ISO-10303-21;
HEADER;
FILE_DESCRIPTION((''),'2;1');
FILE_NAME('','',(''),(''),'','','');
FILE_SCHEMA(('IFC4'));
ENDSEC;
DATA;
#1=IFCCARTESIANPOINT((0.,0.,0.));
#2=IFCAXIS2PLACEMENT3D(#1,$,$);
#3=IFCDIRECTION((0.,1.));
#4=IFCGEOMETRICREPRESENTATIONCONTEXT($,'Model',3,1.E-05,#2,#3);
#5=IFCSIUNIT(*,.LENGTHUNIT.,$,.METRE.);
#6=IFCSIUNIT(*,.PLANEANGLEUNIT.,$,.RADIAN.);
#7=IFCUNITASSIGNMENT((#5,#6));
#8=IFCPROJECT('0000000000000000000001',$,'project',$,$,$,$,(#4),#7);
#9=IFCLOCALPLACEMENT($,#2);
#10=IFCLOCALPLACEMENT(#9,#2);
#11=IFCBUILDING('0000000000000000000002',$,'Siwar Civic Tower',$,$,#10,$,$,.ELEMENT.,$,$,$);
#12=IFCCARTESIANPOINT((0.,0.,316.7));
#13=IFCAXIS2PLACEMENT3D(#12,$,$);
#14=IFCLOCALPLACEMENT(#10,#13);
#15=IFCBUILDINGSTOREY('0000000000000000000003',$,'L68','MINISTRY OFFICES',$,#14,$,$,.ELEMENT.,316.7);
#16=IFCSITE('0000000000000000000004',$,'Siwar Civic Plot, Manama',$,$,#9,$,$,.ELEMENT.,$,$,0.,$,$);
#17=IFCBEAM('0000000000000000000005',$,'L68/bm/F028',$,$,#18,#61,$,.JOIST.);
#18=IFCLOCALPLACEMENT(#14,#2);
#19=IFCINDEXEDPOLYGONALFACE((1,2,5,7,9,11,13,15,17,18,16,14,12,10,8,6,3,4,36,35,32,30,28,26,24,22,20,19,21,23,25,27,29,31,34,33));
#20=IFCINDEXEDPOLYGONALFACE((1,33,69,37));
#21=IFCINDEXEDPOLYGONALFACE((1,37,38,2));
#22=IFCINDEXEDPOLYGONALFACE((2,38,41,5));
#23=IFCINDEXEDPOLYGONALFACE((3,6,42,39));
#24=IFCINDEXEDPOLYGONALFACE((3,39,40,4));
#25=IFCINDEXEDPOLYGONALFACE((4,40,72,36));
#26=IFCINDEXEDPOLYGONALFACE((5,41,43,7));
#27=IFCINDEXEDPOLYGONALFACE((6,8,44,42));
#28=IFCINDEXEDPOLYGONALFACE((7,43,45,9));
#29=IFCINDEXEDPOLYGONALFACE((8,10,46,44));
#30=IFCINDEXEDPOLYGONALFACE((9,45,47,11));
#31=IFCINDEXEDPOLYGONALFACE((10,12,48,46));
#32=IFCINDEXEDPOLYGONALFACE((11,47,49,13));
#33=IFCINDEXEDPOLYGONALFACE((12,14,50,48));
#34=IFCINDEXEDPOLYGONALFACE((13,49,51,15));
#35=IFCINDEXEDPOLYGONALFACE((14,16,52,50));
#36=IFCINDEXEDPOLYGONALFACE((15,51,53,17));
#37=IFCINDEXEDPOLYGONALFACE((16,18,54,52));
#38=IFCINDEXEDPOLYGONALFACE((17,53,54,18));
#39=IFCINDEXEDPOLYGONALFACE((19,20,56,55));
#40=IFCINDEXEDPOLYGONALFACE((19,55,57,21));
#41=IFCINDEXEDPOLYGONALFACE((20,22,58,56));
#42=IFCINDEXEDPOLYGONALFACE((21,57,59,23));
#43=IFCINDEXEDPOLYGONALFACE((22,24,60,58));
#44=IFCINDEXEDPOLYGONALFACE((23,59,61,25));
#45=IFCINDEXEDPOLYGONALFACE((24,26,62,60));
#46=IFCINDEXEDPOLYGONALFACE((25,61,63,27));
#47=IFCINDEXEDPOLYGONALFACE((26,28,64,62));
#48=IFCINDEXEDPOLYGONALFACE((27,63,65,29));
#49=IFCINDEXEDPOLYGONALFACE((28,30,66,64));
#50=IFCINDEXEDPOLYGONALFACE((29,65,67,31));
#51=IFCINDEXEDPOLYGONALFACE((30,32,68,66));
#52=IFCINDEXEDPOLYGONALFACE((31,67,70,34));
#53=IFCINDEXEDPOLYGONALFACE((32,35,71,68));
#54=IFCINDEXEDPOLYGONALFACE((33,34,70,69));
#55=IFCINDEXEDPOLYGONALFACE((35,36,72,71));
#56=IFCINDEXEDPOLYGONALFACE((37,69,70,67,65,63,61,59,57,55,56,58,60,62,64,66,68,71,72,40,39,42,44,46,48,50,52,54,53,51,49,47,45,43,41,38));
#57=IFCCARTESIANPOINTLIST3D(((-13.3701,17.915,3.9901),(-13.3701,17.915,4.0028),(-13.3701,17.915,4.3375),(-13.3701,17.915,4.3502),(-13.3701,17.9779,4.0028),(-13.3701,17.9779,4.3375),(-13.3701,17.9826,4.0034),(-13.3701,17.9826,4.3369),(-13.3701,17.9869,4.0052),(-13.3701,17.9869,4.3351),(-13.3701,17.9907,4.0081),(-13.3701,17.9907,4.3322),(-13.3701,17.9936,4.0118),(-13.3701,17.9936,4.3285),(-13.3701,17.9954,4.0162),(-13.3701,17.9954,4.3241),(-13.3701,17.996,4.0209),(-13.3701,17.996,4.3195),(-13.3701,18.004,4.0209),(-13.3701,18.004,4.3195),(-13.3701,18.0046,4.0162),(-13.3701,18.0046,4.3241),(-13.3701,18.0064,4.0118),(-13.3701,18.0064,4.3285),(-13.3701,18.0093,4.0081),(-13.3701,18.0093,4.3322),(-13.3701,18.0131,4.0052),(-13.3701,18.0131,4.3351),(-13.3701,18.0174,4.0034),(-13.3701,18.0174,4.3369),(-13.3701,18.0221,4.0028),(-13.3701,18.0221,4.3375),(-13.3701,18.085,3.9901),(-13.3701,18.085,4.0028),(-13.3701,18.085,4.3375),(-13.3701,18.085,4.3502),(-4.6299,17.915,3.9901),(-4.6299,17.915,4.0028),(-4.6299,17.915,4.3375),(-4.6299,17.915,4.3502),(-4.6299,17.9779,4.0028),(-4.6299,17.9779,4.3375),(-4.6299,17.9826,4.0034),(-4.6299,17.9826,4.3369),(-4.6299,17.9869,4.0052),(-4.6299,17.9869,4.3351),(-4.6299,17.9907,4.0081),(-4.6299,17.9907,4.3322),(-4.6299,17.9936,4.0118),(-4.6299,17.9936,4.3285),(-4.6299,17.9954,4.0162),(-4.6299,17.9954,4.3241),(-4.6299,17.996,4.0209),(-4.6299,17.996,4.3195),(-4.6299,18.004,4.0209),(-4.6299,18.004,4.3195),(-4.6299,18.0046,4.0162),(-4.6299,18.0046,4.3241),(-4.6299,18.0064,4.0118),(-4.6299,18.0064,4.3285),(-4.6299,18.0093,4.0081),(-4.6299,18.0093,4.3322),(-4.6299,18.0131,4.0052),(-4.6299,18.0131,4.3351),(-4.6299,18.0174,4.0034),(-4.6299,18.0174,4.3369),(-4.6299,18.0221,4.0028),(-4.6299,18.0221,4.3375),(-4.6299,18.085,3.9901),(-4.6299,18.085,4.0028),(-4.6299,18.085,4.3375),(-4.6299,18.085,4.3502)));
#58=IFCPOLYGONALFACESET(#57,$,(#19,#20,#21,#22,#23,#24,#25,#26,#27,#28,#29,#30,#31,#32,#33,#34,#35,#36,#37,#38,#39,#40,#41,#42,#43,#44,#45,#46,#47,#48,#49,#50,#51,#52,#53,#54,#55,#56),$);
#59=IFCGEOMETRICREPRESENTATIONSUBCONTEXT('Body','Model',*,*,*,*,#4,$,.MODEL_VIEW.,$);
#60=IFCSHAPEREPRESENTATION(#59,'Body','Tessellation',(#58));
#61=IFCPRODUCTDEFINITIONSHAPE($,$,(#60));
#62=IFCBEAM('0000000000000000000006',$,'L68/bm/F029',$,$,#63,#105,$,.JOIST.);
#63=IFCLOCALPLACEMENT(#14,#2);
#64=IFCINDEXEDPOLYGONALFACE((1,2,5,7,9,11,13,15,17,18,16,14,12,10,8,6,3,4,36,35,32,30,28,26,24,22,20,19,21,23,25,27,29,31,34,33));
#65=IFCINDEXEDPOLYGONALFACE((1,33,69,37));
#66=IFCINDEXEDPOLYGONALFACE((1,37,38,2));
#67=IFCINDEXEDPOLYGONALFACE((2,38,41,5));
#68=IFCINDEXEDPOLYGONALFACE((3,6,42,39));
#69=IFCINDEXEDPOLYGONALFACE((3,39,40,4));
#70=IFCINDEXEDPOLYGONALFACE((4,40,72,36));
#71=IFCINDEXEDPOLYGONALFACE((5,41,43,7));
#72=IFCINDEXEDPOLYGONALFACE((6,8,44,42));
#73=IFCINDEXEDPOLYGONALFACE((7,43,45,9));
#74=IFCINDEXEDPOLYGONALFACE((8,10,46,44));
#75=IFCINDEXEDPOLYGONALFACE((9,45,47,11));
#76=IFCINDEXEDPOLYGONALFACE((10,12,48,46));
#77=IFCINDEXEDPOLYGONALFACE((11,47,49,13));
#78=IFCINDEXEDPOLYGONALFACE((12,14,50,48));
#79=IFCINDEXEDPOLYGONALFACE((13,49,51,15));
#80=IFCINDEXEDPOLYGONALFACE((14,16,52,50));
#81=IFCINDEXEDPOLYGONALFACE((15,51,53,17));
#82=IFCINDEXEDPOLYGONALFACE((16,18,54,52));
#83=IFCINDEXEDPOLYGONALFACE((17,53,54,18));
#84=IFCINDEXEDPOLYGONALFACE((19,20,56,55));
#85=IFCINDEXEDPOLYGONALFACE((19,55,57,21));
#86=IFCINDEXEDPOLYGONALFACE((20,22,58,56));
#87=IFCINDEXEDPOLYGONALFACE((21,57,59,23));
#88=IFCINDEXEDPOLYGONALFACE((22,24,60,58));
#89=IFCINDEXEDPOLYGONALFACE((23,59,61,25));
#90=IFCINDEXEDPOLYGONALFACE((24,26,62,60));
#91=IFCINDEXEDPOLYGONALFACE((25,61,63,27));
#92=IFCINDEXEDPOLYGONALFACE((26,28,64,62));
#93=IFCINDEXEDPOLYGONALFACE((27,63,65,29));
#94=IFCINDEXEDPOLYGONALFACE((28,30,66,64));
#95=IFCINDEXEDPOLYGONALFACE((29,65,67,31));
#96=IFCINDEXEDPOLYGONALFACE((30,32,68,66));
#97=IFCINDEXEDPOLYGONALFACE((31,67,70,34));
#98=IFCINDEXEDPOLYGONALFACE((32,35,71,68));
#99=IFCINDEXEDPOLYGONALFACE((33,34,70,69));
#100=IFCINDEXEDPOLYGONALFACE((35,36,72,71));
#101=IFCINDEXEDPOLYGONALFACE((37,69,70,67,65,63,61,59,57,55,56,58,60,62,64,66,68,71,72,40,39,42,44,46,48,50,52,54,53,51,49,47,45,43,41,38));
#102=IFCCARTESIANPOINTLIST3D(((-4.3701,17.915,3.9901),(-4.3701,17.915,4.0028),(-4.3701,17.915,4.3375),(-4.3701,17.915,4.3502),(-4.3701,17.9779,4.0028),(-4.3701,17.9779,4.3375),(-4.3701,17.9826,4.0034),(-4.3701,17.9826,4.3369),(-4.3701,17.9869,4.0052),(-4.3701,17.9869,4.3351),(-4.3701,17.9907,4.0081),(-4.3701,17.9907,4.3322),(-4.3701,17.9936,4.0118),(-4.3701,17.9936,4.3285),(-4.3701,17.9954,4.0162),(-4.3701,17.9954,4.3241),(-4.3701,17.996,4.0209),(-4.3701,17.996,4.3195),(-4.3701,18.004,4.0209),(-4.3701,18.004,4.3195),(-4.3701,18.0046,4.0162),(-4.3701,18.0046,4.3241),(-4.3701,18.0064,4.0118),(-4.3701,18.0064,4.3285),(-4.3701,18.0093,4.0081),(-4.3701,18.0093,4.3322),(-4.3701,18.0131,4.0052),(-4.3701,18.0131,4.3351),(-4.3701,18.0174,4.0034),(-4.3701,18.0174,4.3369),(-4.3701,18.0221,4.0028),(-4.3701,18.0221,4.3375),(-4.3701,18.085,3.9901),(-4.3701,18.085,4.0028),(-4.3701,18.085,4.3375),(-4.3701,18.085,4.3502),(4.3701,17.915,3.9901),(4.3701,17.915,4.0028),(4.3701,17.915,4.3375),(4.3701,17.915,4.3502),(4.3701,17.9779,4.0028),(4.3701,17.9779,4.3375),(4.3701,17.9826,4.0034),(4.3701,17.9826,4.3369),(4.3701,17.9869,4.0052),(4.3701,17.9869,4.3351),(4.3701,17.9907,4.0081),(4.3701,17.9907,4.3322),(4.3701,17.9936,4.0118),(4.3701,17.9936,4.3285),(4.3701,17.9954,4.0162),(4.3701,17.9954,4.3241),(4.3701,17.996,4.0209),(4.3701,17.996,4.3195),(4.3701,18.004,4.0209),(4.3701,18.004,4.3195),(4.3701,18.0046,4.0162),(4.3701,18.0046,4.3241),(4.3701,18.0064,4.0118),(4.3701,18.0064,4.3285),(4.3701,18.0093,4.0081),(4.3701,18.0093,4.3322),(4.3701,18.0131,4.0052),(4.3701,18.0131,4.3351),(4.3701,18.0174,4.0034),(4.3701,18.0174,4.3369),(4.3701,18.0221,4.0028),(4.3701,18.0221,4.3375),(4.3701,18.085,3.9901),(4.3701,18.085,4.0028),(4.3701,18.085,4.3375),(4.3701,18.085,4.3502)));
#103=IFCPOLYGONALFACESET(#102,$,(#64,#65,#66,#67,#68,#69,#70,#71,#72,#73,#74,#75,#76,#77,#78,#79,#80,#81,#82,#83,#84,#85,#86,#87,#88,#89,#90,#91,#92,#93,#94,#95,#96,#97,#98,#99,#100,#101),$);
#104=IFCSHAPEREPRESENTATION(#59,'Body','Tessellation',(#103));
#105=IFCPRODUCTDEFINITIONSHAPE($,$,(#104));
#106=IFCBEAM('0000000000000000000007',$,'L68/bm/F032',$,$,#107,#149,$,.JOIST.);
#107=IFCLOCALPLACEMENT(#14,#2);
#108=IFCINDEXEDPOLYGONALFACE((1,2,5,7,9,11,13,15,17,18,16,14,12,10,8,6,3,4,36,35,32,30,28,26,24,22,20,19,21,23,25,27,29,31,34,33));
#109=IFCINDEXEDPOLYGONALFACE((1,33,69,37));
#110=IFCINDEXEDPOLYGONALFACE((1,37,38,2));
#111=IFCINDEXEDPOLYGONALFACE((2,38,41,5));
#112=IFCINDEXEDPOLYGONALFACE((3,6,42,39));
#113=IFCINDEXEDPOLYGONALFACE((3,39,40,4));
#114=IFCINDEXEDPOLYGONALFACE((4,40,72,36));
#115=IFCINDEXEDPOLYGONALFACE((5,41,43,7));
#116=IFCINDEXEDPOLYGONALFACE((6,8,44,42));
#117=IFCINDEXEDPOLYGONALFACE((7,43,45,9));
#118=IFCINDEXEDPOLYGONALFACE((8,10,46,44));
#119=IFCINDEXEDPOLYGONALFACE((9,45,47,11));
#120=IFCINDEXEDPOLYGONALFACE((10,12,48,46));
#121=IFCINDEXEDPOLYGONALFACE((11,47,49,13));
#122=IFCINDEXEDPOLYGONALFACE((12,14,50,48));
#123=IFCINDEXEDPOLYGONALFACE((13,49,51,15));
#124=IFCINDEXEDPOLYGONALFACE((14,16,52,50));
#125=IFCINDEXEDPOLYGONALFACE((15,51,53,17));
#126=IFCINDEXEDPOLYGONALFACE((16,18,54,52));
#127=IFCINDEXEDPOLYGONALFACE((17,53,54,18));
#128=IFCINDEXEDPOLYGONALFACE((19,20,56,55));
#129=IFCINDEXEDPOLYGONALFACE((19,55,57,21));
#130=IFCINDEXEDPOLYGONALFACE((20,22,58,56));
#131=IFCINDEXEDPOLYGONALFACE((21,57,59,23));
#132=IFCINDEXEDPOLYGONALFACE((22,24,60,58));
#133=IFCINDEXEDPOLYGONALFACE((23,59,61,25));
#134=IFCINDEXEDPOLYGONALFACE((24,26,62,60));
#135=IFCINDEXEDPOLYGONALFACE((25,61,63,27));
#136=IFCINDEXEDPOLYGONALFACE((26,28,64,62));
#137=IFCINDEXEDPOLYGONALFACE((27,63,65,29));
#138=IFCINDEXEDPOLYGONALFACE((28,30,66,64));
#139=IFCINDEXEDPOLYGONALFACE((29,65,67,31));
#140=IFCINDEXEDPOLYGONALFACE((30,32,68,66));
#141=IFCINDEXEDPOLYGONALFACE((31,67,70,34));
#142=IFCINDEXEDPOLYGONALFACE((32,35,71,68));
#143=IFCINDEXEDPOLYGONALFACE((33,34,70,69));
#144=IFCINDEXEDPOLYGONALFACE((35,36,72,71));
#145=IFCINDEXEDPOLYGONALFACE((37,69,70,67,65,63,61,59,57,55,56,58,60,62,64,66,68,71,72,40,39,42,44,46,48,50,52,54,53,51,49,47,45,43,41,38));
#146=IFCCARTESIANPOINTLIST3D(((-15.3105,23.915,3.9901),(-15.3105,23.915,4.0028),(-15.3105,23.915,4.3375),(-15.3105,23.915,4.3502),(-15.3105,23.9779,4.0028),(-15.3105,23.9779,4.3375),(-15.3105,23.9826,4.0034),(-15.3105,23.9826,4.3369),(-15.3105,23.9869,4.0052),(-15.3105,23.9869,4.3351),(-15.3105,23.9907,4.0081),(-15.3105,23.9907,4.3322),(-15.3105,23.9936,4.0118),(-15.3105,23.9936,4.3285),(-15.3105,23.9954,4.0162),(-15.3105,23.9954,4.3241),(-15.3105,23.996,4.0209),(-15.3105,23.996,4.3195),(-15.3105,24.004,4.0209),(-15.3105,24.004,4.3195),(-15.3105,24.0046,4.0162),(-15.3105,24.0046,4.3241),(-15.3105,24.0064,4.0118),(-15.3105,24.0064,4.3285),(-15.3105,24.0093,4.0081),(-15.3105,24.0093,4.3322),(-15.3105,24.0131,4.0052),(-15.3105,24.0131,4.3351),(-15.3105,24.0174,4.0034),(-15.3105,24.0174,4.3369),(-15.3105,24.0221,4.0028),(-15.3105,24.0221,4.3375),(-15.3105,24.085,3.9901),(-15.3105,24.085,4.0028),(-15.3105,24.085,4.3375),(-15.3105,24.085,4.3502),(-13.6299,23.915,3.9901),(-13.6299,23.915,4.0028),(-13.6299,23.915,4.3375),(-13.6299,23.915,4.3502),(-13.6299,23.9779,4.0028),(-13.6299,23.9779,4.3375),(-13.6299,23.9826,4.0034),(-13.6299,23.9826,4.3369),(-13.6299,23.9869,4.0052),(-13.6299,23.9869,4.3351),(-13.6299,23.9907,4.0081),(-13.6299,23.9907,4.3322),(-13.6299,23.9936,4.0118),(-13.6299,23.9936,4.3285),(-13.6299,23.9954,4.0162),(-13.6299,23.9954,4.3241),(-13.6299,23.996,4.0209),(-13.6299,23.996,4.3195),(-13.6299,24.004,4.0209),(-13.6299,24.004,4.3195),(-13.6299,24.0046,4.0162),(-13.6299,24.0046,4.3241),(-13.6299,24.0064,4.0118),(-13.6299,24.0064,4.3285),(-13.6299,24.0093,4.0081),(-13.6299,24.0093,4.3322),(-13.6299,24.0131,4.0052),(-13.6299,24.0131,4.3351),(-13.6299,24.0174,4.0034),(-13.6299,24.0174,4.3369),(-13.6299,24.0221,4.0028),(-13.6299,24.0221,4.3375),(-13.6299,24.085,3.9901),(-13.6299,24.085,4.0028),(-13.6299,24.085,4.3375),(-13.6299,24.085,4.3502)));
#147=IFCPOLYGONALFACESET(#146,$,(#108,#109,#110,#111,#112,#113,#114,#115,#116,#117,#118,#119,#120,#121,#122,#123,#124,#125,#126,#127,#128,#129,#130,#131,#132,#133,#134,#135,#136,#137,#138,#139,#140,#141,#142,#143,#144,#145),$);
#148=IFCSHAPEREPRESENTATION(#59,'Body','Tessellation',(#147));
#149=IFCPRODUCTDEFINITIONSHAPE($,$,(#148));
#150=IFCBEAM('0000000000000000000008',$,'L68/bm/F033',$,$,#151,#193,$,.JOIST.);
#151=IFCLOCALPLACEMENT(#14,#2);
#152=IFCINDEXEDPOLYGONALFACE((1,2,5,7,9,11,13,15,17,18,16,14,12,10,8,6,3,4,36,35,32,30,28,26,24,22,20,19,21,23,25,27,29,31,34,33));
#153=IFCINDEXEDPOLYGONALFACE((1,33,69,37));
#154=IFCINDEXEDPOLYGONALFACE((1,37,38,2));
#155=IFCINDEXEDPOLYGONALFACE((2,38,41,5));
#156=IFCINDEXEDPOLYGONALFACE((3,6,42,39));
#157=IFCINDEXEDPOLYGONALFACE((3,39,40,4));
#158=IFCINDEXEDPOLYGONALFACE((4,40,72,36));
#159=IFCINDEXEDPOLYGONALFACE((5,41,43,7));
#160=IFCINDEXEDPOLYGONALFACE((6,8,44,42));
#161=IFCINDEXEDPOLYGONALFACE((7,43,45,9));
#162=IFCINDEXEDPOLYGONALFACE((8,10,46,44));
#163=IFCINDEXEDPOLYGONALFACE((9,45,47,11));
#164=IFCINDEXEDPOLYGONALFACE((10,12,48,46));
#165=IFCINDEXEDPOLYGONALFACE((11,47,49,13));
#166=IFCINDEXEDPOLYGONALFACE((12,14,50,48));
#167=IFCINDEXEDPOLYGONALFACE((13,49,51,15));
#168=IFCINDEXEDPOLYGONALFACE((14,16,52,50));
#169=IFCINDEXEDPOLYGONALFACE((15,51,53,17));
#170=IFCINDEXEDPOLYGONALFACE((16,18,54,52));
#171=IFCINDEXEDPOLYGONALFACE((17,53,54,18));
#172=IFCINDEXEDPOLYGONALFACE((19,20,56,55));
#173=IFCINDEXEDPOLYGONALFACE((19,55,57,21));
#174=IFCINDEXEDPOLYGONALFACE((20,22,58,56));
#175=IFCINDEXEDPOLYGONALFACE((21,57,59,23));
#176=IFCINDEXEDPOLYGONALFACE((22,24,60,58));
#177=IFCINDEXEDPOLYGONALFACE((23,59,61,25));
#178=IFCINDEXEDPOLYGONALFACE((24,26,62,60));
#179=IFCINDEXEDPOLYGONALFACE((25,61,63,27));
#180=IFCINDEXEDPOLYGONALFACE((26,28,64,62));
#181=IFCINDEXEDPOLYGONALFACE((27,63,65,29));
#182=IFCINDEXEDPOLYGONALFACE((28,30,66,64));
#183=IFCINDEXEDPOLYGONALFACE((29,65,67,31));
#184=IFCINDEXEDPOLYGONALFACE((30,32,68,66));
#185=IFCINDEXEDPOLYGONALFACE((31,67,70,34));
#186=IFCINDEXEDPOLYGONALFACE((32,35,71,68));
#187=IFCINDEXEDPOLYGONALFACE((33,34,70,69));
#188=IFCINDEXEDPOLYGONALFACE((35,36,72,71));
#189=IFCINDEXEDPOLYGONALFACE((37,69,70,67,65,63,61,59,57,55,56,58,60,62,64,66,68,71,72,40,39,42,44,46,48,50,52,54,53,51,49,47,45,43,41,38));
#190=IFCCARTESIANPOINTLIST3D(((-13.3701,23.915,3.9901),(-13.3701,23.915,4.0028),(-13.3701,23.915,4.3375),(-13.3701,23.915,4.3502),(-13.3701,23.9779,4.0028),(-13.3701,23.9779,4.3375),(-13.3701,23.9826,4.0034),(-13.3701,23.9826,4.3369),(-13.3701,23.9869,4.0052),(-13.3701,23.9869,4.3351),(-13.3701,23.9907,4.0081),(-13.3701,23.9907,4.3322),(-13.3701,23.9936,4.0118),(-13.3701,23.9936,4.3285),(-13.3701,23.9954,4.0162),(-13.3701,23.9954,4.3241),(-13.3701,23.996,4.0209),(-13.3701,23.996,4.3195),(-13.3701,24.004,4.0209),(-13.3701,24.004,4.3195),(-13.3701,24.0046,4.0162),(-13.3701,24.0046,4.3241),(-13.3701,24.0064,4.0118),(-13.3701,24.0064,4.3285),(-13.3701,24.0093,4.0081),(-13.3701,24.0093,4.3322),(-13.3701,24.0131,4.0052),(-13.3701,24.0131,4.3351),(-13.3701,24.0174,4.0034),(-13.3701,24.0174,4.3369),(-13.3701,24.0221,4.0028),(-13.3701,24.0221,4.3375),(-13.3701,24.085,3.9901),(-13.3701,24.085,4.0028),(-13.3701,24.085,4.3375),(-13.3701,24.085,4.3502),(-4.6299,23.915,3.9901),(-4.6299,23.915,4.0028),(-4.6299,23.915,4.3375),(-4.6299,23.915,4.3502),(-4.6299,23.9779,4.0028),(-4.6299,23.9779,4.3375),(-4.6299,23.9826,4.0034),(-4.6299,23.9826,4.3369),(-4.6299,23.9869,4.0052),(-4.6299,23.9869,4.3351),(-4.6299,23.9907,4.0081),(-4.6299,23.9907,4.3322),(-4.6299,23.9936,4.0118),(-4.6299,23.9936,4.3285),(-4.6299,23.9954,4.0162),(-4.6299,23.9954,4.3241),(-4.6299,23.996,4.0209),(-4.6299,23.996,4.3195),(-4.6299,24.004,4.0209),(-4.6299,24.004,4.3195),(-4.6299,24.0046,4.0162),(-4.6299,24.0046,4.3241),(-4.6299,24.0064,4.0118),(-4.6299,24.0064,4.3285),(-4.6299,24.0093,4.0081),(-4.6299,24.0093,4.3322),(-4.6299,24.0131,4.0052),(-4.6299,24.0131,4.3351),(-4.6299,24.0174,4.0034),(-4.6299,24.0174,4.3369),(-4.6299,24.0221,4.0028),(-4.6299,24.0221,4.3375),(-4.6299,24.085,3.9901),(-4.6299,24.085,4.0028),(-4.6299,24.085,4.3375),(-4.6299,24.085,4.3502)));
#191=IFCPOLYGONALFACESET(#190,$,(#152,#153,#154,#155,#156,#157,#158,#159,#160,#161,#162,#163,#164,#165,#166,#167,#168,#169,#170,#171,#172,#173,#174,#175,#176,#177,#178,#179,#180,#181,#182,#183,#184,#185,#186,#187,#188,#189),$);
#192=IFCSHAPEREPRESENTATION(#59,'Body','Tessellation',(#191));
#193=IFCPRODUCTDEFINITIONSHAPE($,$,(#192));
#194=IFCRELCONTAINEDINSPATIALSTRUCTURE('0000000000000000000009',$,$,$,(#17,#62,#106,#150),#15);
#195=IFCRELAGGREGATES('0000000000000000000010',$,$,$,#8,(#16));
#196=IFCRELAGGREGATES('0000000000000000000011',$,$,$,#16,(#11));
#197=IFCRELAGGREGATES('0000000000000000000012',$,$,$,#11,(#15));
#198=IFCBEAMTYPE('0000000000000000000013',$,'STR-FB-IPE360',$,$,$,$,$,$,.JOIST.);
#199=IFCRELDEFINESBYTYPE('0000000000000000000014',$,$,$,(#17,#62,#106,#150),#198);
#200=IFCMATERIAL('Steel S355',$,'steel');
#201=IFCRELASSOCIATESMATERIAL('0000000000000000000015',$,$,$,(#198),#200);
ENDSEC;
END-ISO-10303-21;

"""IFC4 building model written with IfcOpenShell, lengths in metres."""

from ifc_helpers import new_model, si_unit, direction, frame, origin, origin_2d, place, context, subcontext, project, spatial, i_section, extrude, material, material_profile, profile_set, type_object, element, save


model = new_model("IFC4")

# Units and contexts
model_context = context("Model", 3, precision=1e-05, world=origin(), true_north=direction((0.0, 1.0)))
body_context = subcontext(model_context, "Body", "Model", "MODEL_VIEW")
ifc_project = project(units=[si_unit("LENGTHUNIT", "METRE"), si_unit("PLANEANGLEUNIT", "RADIAN")], contexts=[model_context])

# Site, building, storey
site_placement = place(None, origin())
site = spatial("IfcSite", under=ifc_project, at=site_placement, Name="Siwar Civic Plot, Manama", CompositionType="ELEMENT", RefElevation=0.0)
building_placement = place(site_placement, origin())
building = spatial("IfcBuilding", under=site, at=building_placement, Name="Siwar Civic Tower", CompositionType="ELEMENT")
storey_placement = place(building_placement, frame((0.0, 0.0, 316.7)))
storey = spatial("IfcBuildingStorey", under=building, at=storey_placement, Name="L68", Description="MINISTRY OFFICES", CompositionType="ELEMENT", Elevation=316.7)

# Beams
ifc_material_1 = material(Name="Steel S355", Category="steel")
ifc_material_profile_1 = material_profile(ifc_material_1, i_section(OverallWidth=0.1699, OverallDepth=0.3601, WebThickness=0.0081, FlangeThickness=0.0127, FilletRadius=0.0181, at=origin_2d()), Name="IPE360")
ifc_profile_set_1 = profile_set([ifc_material_profile_1], Name="Steel S355")
beam_type_1 = type_object("IfcBeamType", Name="STR-FB-IPE360", PredefinedType="JOIST", material=ifc_profile_set_1)
for number, where, z_axis, x_axis, name in (
    (1, (-13.3701, 18.0, 4.1702), (1.0, 0.0, 0.0), (0.0, 1.0, 0.0), "L68/bm/F028"),
    (2, (-4.3701, 18.0, 4.1702), (1.0, 0.0, 0.0), (0.0, 1.0, 0.0), "L68/bm/F029"),
):
    element("IfcBeam", number, at=place(storey_placement, frame(where, z_axis=z_axis, x_axis=x_axis)), inside=storey, type_object=beam_type_1, Name=name, PredefinedType="JOIST", context=body_context, shape_type="SweptSolid", body=[
        extrude(i_section(OverallWidth=0.1699, OverallDepth=0.3601, WebThickness=0.0081, FlangeThickness=0.0127, FilletRadius=0.0181, at=origin_2d()), origin(), (0.0, 0.0, 1.0), 8.7402),
    ])
beam_1_placement = place(storey_placement, frame((-15.3105, 24.0, 4.1702), z_axis=(1.0, 0.0, 0.0), x_axis=(0.0, 1.0, 0.0)))
element("IfcBeam", 3, at=beam_1_placement, inside=storey, type_object=beam_type_1, Name="L68/bm/F032", PredefinedType="JOIST", context=body_context, shape_type="SweptSolid", body=[
    extrude(i_section(OverallWidth=0.1699, OverallDepth=0.3601, WebThickness=0.0081, FlangeThickness=0.0127, FilletRadius=0.0181, at=origin_2d()), origin(), (0.0, 0.0, 1.0), 1.6807),
])
for number, where, z_axis, x_axis, name in (
    (4, (-13.3701, 24.0, 4.1702), (1.0, 0.0, 0.0), (0.0, 1.0, 0.0), "L68/bm/F033"),
):
    element("IfcBeam", number, at=place(storey_placement, frame(where, z_axis=z_axis, x_axis=x_axis)), inside=storey, type_object=beam_type_1, Name=name, PredefinedType="JOIST", context=body_context, shape_type="SweptSolid", body=[
        extrude(i_section(OverallWidth=0.1699, OverallDepth=0.3601, WebThickness=0.0081, FlangeThickness=0.0127, FilletRadius=0.0181, at=origin_2d()), origin(), (0.0, 0.0, 1.0), 8.7402),
    ])

save(model, "model.ifc")
